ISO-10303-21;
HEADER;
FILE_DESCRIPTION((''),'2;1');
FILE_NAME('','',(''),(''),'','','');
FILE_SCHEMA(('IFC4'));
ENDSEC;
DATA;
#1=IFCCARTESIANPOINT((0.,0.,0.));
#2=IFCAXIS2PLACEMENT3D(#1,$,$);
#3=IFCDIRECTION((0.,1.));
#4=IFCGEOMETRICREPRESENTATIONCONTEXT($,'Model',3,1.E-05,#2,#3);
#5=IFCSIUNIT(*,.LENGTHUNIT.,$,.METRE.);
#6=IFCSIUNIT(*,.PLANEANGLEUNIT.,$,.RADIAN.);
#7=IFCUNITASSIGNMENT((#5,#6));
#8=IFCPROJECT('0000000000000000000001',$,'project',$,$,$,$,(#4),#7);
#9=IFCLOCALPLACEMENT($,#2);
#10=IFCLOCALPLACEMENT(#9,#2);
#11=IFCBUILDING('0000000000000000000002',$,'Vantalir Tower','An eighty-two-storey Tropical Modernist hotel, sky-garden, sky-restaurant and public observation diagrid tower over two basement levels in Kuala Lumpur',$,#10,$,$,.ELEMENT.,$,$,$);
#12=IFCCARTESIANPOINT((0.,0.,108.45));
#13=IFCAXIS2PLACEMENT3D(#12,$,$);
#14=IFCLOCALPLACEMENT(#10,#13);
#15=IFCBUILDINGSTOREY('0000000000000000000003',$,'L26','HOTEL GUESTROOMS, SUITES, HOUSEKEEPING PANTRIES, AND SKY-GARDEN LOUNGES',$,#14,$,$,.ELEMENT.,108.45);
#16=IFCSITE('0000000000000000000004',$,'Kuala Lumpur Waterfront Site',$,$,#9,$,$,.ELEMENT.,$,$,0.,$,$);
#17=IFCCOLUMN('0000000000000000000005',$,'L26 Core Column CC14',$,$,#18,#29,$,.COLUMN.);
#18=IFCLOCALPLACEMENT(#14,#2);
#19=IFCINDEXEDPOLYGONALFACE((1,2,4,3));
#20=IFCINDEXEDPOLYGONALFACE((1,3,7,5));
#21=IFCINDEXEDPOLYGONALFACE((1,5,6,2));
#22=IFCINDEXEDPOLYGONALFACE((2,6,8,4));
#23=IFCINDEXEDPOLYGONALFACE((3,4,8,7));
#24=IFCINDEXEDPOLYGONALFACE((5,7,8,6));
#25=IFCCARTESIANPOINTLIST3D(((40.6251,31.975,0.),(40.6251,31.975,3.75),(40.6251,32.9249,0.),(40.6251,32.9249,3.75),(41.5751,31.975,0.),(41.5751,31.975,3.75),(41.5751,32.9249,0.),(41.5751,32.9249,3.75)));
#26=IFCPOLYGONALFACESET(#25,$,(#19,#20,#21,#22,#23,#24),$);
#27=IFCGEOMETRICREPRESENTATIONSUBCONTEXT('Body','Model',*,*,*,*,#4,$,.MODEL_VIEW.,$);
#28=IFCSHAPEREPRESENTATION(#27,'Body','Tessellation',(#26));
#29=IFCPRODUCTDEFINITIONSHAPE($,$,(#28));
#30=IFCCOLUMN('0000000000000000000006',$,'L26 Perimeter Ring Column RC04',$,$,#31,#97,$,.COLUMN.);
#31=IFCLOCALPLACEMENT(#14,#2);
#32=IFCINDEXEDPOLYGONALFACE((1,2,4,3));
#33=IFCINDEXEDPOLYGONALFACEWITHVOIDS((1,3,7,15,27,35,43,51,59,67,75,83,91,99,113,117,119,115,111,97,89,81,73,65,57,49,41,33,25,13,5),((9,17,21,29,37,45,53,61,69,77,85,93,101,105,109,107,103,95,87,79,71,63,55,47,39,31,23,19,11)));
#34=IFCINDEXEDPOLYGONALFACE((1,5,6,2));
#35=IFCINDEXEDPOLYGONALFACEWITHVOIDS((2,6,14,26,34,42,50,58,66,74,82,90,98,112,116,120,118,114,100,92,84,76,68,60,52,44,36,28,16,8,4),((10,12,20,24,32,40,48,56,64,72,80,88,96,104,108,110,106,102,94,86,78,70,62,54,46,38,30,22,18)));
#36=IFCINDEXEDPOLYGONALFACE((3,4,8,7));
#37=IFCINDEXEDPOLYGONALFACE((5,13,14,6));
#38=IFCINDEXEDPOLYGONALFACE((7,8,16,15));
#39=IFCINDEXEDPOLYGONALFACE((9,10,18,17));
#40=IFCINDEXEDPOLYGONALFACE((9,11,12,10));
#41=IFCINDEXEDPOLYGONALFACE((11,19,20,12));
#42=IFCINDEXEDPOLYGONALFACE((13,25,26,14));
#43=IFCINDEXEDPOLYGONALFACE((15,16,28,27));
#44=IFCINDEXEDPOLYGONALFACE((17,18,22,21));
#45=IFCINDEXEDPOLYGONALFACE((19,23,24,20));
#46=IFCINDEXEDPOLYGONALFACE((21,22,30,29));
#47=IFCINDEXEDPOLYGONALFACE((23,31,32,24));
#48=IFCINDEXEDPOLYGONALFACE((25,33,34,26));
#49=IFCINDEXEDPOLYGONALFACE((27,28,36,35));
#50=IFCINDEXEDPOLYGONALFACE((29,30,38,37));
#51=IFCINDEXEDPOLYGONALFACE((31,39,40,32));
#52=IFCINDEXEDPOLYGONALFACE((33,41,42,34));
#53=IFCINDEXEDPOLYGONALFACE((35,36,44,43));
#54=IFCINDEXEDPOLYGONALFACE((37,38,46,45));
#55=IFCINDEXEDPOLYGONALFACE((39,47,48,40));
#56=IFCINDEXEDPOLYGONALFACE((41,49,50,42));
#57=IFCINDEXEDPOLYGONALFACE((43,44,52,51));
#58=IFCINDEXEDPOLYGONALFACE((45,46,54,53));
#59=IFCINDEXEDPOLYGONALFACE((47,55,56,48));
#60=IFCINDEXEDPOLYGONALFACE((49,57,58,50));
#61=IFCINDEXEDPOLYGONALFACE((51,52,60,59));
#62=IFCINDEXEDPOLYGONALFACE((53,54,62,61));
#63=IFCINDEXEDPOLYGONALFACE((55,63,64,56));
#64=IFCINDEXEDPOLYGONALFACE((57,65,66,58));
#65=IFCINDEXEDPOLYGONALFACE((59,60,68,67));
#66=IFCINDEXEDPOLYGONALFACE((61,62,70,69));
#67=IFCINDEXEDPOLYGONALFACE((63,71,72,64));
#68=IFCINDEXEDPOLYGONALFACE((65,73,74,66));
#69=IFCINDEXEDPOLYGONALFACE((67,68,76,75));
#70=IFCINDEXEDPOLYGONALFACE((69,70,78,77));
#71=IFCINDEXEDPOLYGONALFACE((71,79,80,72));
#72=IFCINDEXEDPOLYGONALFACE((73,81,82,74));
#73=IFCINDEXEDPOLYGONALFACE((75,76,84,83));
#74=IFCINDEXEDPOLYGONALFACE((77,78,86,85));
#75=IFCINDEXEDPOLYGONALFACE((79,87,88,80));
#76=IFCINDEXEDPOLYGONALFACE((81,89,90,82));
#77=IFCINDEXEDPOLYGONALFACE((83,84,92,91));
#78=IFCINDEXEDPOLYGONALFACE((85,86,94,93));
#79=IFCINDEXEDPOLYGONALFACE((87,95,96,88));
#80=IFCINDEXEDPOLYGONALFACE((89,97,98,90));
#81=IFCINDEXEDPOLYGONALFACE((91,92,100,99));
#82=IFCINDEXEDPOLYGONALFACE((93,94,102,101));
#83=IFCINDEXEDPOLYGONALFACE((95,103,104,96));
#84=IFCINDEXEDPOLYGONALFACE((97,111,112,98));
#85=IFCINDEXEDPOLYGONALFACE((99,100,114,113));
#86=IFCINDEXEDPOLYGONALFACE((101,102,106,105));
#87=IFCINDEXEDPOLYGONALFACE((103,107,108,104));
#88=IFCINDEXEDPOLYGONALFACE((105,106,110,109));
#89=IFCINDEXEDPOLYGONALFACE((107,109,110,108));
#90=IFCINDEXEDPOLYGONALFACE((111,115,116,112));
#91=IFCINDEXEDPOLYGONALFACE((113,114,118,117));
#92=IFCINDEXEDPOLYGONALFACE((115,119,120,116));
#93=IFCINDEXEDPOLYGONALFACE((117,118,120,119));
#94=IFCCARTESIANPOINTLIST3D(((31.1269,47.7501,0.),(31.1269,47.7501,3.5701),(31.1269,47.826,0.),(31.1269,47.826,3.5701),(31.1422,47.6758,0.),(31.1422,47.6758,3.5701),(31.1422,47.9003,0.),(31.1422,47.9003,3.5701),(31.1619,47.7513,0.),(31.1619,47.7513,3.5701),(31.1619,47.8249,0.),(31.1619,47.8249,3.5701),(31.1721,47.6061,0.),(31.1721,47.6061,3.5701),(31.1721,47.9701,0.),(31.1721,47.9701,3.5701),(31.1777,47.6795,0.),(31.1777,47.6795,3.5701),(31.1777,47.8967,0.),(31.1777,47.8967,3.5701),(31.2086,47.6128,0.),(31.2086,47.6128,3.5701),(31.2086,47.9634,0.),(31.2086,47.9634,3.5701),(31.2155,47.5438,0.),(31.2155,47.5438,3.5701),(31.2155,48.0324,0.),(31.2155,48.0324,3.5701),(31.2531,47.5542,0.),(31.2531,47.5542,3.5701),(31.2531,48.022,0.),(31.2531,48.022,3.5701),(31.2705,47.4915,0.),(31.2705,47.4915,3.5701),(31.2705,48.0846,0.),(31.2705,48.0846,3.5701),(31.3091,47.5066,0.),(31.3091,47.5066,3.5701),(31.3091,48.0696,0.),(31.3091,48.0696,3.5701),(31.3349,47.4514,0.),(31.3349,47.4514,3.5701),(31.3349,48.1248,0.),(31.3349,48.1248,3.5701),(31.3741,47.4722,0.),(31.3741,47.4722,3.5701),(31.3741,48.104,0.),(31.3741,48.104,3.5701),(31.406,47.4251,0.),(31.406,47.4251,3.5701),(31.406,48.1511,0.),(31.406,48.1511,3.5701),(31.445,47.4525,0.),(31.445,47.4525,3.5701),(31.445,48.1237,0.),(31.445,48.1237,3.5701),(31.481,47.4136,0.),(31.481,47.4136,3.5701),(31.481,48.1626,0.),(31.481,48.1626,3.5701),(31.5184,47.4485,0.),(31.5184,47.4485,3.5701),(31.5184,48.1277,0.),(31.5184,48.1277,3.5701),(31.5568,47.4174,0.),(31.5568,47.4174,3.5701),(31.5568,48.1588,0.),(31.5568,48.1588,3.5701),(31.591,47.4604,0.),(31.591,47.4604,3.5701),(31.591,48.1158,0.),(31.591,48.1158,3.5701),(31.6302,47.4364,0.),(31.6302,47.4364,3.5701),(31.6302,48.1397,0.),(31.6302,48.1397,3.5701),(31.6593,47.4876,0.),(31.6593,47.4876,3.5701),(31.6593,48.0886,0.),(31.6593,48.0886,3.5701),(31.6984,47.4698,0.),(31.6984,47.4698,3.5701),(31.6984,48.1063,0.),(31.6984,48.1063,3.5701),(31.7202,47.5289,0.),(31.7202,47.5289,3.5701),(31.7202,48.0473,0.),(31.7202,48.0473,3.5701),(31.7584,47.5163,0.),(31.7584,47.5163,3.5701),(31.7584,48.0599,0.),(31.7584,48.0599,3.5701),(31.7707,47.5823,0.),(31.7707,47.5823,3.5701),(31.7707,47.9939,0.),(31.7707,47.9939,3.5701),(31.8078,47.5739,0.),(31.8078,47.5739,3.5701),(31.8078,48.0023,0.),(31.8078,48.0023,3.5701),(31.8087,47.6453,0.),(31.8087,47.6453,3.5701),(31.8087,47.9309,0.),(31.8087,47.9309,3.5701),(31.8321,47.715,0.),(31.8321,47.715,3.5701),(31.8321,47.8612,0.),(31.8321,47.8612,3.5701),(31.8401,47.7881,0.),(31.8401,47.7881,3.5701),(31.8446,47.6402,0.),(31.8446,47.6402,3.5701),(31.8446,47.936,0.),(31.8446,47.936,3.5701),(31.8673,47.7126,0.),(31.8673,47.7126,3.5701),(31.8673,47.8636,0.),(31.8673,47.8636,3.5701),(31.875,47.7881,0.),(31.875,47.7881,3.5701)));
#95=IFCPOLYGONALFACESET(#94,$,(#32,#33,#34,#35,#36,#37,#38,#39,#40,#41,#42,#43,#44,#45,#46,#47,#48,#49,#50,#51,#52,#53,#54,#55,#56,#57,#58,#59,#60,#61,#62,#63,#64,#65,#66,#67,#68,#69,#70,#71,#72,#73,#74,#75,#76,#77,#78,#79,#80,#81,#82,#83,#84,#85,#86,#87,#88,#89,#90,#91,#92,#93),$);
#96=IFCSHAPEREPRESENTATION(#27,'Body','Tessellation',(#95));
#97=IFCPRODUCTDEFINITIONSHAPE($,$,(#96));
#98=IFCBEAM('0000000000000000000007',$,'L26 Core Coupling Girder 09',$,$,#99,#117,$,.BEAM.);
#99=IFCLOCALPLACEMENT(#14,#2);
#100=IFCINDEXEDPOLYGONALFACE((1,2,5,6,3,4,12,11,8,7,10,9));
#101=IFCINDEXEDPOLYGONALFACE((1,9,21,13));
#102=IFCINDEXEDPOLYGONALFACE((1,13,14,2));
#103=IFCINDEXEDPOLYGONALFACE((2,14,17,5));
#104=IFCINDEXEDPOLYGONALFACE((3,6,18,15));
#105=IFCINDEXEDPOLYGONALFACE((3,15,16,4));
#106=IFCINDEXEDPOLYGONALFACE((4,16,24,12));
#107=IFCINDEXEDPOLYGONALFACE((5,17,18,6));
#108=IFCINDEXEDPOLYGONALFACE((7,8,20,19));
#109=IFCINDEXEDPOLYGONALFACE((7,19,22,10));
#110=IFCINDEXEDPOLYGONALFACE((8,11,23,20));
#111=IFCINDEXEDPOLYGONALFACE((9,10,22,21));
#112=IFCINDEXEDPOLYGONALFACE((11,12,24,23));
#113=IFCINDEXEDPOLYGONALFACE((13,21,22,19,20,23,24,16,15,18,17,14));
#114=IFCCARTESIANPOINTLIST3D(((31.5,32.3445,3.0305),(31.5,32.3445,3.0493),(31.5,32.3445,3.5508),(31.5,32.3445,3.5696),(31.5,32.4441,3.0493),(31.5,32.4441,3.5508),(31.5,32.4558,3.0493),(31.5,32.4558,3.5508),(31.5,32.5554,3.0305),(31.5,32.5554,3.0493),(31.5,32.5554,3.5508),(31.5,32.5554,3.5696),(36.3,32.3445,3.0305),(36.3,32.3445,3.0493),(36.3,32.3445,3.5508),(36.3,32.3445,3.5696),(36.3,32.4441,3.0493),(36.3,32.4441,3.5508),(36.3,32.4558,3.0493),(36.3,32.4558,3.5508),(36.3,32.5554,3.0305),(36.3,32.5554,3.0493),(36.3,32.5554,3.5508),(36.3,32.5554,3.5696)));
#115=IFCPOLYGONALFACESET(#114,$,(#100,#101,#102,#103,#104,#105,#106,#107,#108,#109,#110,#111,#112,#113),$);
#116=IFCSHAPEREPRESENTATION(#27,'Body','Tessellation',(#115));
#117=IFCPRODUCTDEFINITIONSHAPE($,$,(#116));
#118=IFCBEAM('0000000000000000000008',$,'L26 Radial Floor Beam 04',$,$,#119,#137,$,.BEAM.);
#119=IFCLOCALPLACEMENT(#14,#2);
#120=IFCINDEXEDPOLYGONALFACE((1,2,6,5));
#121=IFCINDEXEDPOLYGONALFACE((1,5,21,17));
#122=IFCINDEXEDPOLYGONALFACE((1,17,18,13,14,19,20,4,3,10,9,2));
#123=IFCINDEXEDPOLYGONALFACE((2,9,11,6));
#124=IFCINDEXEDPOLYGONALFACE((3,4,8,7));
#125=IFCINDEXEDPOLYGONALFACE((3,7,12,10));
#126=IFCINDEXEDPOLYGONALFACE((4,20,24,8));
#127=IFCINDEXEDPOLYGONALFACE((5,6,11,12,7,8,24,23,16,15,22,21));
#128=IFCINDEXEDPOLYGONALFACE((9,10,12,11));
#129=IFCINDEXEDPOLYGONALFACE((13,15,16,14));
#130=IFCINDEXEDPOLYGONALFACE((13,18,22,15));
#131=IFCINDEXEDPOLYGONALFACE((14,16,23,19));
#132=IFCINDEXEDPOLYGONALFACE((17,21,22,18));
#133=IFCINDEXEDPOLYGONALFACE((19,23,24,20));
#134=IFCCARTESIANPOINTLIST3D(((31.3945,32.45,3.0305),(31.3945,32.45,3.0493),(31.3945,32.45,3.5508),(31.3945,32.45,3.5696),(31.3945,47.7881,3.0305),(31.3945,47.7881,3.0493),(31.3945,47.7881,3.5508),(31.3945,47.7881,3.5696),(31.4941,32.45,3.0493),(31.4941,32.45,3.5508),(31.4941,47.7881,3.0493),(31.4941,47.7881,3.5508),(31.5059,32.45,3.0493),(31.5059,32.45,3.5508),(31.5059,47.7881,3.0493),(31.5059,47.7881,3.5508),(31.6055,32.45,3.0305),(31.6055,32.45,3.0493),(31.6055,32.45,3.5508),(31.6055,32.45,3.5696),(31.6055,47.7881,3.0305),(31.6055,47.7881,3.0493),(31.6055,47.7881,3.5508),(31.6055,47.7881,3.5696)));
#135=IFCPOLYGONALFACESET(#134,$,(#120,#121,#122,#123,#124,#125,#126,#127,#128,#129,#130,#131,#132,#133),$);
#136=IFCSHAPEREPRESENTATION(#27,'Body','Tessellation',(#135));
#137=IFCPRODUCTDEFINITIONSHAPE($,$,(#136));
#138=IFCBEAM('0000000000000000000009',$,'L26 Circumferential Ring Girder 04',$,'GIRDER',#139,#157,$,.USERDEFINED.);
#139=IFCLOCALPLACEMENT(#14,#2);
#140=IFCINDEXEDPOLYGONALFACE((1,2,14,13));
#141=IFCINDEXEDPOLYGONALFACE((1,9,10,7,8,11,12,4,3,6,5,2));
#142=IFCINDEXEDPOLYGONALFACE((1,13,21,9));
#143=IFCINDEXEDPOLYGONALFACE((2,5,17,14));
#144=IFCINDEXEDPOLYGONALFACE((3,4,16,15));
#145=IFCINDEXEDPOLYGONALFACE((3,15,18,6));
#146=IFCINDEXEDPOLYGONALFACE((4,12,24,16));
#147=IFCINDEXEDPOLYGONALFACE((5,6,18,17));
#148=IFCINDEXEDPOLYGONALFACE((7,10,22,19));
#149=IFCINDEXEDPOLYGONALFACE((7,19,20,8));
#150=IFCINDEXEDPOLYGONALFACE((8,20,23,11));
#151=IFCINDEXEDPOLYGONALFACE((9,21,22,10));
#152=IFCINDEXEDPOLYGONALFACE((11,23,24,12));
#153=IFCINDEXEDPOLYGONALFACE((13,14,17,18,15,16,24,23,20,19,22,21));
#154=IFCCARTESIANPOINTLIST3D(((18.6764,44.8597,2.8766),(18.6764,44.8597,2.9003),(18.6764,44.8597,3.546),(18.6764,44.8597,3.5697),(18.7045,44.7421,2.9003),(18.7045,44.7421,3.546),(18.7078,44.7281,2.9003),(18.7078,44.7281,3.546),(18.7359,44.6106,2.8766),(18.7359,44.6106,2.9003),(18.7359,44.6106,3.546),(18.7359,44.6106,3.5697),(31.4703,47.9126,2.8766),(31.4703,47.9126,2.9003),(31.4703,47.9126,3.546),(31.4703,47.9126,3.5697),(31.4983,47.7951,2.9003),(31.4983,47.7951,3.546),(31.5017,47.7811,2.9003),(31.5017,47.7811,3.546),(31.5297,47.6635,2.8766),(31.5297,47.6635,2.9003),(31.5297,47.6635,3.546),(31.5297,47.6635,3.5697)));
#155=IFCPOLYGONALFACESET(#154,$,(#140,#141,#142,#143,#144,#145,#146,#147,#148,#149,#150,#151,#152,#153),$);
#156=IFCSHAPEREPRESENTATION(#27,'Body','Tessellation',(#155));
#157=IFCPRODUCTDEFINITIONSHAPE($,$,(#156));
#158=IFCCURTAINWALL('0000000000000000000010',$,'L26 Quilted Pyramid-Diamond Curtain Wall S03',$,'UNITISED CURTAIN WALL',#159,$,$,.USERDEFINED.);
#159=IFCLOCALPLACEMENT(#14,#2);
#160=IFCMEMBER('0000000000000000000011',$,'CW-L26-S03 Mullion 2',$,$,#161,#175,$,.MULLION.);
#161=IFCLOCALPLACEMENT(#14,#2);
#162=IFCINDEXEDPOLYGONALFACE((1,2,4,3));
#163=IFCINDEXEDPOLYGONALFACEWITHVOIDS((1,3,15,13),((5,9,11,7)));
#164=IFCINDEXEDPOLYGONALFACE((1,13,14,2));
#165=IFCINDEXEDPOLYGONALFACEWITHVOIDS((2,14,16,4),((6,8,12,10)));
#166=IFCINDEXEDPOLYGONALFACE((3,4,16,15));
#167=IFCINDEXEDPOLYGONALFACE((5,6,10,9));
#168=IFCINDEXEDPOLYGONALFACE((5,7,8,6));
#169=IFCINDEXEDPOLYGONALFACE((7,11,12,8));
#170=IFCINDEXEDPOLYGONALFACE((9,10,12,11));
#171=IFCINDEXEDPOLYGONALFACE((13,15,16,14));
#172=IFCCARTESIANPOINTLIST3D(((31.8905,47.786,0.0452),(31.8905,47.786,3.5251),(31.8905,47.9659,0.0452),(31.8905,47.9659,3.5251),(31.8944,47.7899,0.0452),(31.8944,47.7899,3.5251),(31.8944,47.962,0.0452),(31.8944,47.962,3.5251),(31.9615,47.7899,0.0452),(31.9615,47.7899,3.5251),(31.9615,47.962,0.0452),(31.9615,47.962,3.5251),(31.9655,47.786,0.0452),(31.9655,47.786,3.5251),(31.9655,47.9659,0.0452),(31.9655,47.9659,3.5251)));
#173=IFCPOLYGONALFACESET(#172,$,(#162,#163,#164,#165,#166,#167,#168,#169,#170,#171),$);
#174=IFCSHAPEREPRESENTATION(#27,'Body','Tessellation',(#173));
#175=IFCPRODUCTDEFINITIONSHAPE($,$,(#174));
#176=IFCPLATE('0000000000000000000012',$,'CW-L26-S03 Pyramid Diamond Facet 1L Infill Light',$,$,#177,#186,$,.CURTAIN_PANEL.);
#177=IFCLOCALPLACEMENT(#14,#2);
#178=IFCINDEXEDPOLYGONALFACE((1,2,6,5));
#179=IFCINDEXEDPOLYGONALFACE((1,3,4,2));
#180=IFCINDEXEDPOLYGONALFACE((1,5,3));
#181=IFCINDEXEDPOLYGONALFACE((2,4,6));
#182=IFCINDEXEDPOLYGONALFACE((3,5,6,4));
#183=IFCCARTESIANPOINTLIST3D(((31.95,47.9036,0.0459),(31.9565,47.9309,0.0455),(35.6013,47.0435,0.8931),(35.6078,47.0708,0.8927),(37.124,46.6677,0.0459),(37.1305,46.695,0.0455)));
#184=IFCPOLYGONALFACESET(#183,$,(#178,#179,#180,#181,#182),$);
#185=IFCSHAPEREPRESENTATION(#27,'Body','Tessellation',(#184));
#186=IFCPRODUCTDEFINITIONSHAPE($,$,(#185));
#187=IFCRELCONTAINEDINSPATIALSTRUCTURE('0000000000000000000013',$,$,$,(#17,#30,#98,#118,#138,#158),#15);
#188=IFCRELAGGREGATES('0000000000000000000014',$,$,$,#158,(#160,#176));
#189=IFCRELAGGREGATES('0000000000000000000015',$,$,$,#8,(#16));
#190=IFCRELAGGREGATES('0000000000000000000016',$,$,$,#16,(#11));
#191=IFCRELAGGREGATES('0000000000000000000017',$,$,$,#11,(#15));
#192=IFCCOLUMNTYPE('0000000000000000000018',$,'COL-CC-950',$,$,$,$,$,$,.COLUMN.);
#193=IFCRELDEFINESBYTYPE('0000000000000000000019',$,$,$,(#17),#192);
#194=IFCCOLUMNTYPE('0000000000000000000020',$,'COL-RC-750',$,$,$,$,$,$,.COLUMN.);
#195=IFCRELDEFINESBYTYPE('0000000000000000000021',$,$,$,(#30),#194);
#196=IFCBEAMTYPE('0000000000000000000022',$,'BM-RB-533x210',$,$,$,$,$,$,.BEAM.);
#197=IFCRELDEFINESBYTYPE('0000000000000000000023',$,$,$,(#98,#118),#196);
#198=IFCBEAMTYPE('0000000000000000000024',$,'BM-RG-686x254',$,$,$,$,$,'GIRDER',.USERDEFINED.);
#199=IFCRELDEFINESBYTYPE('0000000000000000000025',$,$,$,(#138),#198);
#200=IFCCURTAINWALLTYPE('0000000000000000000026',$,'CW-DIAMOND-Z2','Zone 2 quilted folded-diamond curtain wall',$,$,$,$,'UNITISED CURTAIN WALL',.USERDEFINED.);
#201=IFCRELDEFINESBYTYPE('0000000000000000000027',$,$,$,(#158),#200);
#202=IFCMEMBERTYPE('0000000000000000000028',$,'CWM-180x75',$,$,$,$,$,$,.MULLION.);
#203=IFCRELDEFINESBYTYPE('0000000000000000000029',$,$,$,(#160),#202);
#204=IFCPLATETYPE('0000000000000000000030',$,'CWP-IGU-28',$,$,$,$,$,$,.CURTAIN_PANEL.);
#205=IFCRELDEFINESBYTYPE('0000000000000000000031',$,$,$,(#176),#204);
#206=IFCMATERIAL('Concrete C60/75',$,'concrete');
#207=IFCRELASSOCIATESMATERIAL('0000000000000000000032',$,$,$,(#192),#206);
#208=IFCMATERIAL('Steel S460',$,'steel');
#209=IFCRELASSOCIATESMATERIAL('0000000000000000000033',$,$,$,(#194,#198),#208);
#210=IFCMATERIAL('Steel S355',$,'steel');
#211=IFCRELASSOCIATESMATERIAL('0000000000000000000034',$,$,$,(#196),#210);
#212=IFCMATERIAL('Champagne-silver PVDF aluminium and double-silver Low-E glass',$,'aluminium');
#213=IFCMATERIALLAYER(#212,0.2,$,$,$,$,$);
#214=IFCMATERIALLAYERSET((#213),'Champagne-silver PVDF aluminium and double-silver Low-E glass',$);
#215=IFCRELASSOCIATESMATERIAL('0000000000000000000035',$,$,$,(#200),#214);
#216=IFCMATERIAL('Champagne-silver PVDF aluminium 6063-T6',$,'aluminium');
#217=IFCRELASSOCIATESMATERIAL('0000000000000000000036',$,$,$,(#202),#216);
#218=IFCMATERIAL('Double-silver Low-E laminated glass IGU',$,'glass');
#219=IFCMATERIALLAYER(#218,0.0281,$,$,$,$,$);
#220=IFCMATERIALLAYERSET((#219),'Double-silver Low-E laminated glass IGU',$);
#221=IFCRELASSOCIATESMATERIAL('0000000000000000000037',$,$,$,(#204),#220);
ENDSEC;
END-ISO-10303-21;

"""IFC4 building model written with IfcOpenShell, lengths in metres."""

from ifc_helpers import new_model, si_unit, direction, frame, origin, origin_2d, place, context, subcontext, project, spatial, polyline, rectangle, hollow_rectangle, hollow_circle, i_section, outline, extrude, material, layer, layer_set, material_profile, profile_set, type_object, element, aggregate, save


model = new_model("IFC4")

# Units and contexts
model_context = context("Model", 3, precision=1e-05, world=origin(), true_north=direction((0.0, 1.0)))
body_context = subcontext(model_context, "Body", "Model", "MODEL_VIEW")
ifc_project = project(units=[si_unit("LENGTHUNIT", "METRE"), si_unit("PLANEANGLEUNIT", "RADIAN")], contexts=[model_context])

# Site, building, storey
site_placement = place(None, origin())
site = spatial("IfcSite", under=ifc_project, at=site_placement, Name="Kuala Lumpur Waterfront Site", CompositionType="ELEMENT", RefElevation=0.0)
building_placement = place(site_placement, origin())
building = spatial("IfcBuilding", under=site, at=building_placement, Name="Vantalir Tower", Description="An eighty-two-storey Tropical Modernist hotel, sky-garden, sky-restaurant and public observation diagrid tower over two basement levels in Kuala Lumpur", CompositionType="ELEMENT")
storey_placement = place(building_placement, frame((0.0, 0.0, 108.45)))
storey = spatial("IfcBuildingStorey", under=building, at=storey_placement, Name="L26", Description="HOTEL GUESTROOMS, SUITES, HOUSEKEEPING PANTRIES, AND SKY-GARDEN LOUNGES", CompositionType="ELEMENT", Elevation=108.45)

# Columns
ifc_material_1 = material(Name="Concrete C60/75", Category="concrete")
ifc_material_profile_1 = material_profile(ifc_material_1, rectangle(XDim=0.95, YDim=0.95, at=origin_2d()), Name="Concrete C60/75")
ifc_profile_set_1 = profile_set([ifc_material_profile_1], Name="Concrete C60/75")
column_type_1 = type_object("IfcColumnType", Name="COL-CC-950", PredefinedType="COLUMN", material=ifc_profile_set_1)
column_1_placement = place(storey_placement, frame((41.1001, 32.45, 0.0), z_axis=(0.0, 0.0, 1.0), x_axis=(1.0, 0.0, 0.0)))
element("IfcColumn", 1, at=column_1_placement, inside=storey, type_object=column_type_1, Name="L26 Core Column CC14", PredefinedType="COLUMN", context=body_context, shape_type="SweptSolid", body=[
    extrude(rectangle(XDim=0.95, YDim=0.95, at=origin_2d()), origin(), (0.0, 0.0, 1.0), 3.75),
])
ifc_material_2 = material(Name="Steel S460", Category="steel")
ifc_material_profile_2 = material_profile(ifc_material_2, hollow_circle(Radius=0.375, WallThickness=0.0349, at=origin_2d()), Name="Steel S460")
ifc_profile_set_2 = profile_set([ifc_material_profile_2], Name="Steel S460")
column_type_2 = type_object("IfcColumnType", Name="COL-RC-750", PredefinedType="COLUMN", material=ifc_profile_set_2)
column_2_placement = place(storey_placement, frame((31.5, 47.7881, 0.0), z_axis=(0.0, 0.0, 1.0), x_axis=(1.0, 0.0, 0.0)))
element("IfcColumn", 2, at=column_2_placement, inside=storey, type_object=column_type_2, Name="L26 Perimeter Ring Column RC04", PredefinedType="COLUMN", context=body_context, shape_type="SweptSolid", body=[
    extrude(hollow_circle(Radius=0.375, WallThickness=0.0349, at=origin_2d()), origin(), (0.0, 0.0, 1.0), 3.5701),
])

# Beams
ifc_material_3 = material(Name="Steel S355", Category="steel")
ifc_material_profile_3 = material_profile(ifc_material_3, i_section(OverallWidth=0.2109, OverallDepth=0.5391, WebThickness=0.0117, FlangeThickness=0.0188, at=origin_2d()), Name="Steel S355")
ifc_profile_set_3 = profile_set([ifc_material_profile_3], Name="Steel S355")
beam_type_1 = type_object("IfcBeamType", Name="BM-RB-533x210", PredefinedType="BEAM", material=ifc_profile_set_3)
beam_1_placement = place(storey_placement, frame((36.3, 32.45, 3.3), z_axis=(-1.0, 0.0, 0.0), x_axis=(0.0, -1.0, 0.0)))
element("IfcBeam", 3, at=beam_1_placement, inside=storey, type_object=beam_type_1, Name="L26 Core Coupling Girder 09", PredefinedType="BEAM", context=body_context, shape_type="SweptSolid", body=[
    extrude(i_section(OverallWidth=0.2109, OverallDepth=0.5391, WebThickness=0.0117, FlangeThickness=0.0188, at=origin_2d()), origin(), (0.0, 0.0, 1.0), 4.8),
])
beam_2_placement = place(storey_placement, frame((31.5, 47.7881, 3.3), z_axis=(0.0, -1.0, 0.0), x_axis=(1.0, 0.0, 0.0)))
element("IfcBeam", 4, at=beam_2_placement, inside=storey, type_object=beam_type_1, Name="L26 Radial Floor Beam 04", PredefinedType="BEAM", context=body_context, shape_type="SweptSolid", body=[
    extrude(i_section(OverallWidth=0.2109, OverallDepth=0.5391, WebThickness=0.0117, FlangeThickness=0.0188, at=origin_2d()), origin(), (0.0, 0.0, 1.0), 15.3381),
])
ifc_material_profile_4 = material_profile(ifc_material_2, i_section(OverallWidth=0.2561, OverallDepth=0.6931, WebThickness=0.0144, FlangeThickness=0.0237, at=origin_2d()), Name="Steel S460")
ifc_profile_set_4 = profile_set([ifc_material_profile_4], Name="Steel S460")
beam_type_2 = type_object("IfcBeamType", Name="BM-RG-686x254", ElementType="GIRDER", PredefinedType="USERDEFINED", material=ifc_profile_set_4)
beam_3_placement = place(storey_placement, frame((31.5, 47.7881, 3.2231), z_axis=(-0.97269, -0.23211, 0.0), x_axis=(0.23211, -0.97269, 0.0)))
element("IfcBeam", 5, at=beam_3_placement, inside=storey, type_object=beam_type_2, Name="L26 Circumferential Ring Girder 04", ObjectType="GIRDER", PredefinedType="USERDEFINED", context=body_context, shape_type="SweptSolid", body=[
    extrude(i_section(OverallWidth=0.2561, OverallDepth=0.6931, WebThickness=0.0144, FlangeThickness=0.0237, at=origin_2d()), origin(), (0.0, 0.0, 1.0), 13.1531),
])

# Curtain wall, member, plate
ifc_material_4 = material(Name="Champagne-silver PVDF aluminium and double-silver Low-E glass", Category="aluminium")
ifc_layer_1 = layer(ifc_material_4, 0.2)
ifc_layer_set_1 = layer_set([ifc_layer_1], Name="Champagne-silver PVDF aluminium and double-silver Low-E glass")
curtain_wall_type = type_object("IfcCurtainWallType", Name="CW-DIAMOND-Z2", Description="Zone 2 quilted folded-diamond curtain wall", ElementType="UNITISED CURTAIN WALL", PredefinedType="USERDEFINED", material=ifc_layer_set_1)
curtain_wall_placement = place(storey_placement, origin())
curtain_wall = element("IfcCurtainWall", 6, at=curtain_wall_placement, inside=storey, type_object=curtain_wall_type, Name="L26 Quilted Pyramid-Diamond Curtain Wall S03", ObjectType="UNITISED CURTAIN WALL", PredefinedType="USERDEFINED")
ifc_material_5 = material(Name="Champagne-silver PVDF aluminium 6063-T6", Category="aluminium")
ifc_material_profile_5 = material_profile(ifc_material_5, hollow_rectangle(XDim=0.075, YDim=0.1799, WallThickness=0.0039, at=origin_2d()), Name="Champagne-silver PVDF aluminium 6063-T6")
ifc_profile_set_5 = profile_set([ifc_material_profile_5], Name="Champagne-silver PVDF aluminium 6063-T6")
member_type = type_object("IfcMemberType", Name="CWM-180x75", PredefinedType="MULLION", material=ifc_profile_set_5)
member_placement = place(storey_placement, frame((31.928, 47.876, 0.0452), z_axis=(0.0, 0.0, 1.0), x_axis=(1.0, 0.0, 0.0)))
member = element("IfcMember", 7, at=member_placement, type_object=member_type, Name="CW-L26-S03 Mullion 2", PredefinedType="MULLION", context=body_context, shape_type="SweptSolid", body=[
    extrude(hollow_rectangle(XDim=0.075, YDim=0.1799, WallThickness=0.0039, at=origin_2d()), origin(), (0.0, 0.0, 1.0), 3.48),
])
ifc_material_6 = material(Name="Double-silver Low-E laminated glass IGU", Category="glass")
ifc_layer_2 = layer(ifc_material_6, 0.0281)
ifc_layer_set_2 = layer_set([ifc_layer_2], Name="Double-silver Low-E laminated glass IGU")
plate_type = type_object("IfcPlateType", Name="CWP-IGU-28", PredefinedType="CURTAIN_PANEL", material=ifc_layer_set_2)
plate_1_placement = place(storey_placement, frame((37.124, 46.6677, 0.0459), z_axis=(-0.232295, -0.972547, 0.013811), x_axis=(-0.97264, 0.232317, 0.0)))
plate_1 = element("IfcPlate", 8, at=plate_1_placement, type_object=plate_type, Name="CW-L26-S03 Pyramid Diamond Facet 1L Infill Light", PredefinedType="CURTAIN_PANEL", context=body_context, shape_type="SweptSolid", body=[
    extrude(outline(polyline([(0.0, 0.0), (5.3196, 0.0), (1.5683, -0.8472), (0.0, 0.0)])), origin(), (0.0, 0.0, -1.0), 0.0281),
])
aggregate(curtain_wall, [member, plate_1])

save(model, "model.ifc")
